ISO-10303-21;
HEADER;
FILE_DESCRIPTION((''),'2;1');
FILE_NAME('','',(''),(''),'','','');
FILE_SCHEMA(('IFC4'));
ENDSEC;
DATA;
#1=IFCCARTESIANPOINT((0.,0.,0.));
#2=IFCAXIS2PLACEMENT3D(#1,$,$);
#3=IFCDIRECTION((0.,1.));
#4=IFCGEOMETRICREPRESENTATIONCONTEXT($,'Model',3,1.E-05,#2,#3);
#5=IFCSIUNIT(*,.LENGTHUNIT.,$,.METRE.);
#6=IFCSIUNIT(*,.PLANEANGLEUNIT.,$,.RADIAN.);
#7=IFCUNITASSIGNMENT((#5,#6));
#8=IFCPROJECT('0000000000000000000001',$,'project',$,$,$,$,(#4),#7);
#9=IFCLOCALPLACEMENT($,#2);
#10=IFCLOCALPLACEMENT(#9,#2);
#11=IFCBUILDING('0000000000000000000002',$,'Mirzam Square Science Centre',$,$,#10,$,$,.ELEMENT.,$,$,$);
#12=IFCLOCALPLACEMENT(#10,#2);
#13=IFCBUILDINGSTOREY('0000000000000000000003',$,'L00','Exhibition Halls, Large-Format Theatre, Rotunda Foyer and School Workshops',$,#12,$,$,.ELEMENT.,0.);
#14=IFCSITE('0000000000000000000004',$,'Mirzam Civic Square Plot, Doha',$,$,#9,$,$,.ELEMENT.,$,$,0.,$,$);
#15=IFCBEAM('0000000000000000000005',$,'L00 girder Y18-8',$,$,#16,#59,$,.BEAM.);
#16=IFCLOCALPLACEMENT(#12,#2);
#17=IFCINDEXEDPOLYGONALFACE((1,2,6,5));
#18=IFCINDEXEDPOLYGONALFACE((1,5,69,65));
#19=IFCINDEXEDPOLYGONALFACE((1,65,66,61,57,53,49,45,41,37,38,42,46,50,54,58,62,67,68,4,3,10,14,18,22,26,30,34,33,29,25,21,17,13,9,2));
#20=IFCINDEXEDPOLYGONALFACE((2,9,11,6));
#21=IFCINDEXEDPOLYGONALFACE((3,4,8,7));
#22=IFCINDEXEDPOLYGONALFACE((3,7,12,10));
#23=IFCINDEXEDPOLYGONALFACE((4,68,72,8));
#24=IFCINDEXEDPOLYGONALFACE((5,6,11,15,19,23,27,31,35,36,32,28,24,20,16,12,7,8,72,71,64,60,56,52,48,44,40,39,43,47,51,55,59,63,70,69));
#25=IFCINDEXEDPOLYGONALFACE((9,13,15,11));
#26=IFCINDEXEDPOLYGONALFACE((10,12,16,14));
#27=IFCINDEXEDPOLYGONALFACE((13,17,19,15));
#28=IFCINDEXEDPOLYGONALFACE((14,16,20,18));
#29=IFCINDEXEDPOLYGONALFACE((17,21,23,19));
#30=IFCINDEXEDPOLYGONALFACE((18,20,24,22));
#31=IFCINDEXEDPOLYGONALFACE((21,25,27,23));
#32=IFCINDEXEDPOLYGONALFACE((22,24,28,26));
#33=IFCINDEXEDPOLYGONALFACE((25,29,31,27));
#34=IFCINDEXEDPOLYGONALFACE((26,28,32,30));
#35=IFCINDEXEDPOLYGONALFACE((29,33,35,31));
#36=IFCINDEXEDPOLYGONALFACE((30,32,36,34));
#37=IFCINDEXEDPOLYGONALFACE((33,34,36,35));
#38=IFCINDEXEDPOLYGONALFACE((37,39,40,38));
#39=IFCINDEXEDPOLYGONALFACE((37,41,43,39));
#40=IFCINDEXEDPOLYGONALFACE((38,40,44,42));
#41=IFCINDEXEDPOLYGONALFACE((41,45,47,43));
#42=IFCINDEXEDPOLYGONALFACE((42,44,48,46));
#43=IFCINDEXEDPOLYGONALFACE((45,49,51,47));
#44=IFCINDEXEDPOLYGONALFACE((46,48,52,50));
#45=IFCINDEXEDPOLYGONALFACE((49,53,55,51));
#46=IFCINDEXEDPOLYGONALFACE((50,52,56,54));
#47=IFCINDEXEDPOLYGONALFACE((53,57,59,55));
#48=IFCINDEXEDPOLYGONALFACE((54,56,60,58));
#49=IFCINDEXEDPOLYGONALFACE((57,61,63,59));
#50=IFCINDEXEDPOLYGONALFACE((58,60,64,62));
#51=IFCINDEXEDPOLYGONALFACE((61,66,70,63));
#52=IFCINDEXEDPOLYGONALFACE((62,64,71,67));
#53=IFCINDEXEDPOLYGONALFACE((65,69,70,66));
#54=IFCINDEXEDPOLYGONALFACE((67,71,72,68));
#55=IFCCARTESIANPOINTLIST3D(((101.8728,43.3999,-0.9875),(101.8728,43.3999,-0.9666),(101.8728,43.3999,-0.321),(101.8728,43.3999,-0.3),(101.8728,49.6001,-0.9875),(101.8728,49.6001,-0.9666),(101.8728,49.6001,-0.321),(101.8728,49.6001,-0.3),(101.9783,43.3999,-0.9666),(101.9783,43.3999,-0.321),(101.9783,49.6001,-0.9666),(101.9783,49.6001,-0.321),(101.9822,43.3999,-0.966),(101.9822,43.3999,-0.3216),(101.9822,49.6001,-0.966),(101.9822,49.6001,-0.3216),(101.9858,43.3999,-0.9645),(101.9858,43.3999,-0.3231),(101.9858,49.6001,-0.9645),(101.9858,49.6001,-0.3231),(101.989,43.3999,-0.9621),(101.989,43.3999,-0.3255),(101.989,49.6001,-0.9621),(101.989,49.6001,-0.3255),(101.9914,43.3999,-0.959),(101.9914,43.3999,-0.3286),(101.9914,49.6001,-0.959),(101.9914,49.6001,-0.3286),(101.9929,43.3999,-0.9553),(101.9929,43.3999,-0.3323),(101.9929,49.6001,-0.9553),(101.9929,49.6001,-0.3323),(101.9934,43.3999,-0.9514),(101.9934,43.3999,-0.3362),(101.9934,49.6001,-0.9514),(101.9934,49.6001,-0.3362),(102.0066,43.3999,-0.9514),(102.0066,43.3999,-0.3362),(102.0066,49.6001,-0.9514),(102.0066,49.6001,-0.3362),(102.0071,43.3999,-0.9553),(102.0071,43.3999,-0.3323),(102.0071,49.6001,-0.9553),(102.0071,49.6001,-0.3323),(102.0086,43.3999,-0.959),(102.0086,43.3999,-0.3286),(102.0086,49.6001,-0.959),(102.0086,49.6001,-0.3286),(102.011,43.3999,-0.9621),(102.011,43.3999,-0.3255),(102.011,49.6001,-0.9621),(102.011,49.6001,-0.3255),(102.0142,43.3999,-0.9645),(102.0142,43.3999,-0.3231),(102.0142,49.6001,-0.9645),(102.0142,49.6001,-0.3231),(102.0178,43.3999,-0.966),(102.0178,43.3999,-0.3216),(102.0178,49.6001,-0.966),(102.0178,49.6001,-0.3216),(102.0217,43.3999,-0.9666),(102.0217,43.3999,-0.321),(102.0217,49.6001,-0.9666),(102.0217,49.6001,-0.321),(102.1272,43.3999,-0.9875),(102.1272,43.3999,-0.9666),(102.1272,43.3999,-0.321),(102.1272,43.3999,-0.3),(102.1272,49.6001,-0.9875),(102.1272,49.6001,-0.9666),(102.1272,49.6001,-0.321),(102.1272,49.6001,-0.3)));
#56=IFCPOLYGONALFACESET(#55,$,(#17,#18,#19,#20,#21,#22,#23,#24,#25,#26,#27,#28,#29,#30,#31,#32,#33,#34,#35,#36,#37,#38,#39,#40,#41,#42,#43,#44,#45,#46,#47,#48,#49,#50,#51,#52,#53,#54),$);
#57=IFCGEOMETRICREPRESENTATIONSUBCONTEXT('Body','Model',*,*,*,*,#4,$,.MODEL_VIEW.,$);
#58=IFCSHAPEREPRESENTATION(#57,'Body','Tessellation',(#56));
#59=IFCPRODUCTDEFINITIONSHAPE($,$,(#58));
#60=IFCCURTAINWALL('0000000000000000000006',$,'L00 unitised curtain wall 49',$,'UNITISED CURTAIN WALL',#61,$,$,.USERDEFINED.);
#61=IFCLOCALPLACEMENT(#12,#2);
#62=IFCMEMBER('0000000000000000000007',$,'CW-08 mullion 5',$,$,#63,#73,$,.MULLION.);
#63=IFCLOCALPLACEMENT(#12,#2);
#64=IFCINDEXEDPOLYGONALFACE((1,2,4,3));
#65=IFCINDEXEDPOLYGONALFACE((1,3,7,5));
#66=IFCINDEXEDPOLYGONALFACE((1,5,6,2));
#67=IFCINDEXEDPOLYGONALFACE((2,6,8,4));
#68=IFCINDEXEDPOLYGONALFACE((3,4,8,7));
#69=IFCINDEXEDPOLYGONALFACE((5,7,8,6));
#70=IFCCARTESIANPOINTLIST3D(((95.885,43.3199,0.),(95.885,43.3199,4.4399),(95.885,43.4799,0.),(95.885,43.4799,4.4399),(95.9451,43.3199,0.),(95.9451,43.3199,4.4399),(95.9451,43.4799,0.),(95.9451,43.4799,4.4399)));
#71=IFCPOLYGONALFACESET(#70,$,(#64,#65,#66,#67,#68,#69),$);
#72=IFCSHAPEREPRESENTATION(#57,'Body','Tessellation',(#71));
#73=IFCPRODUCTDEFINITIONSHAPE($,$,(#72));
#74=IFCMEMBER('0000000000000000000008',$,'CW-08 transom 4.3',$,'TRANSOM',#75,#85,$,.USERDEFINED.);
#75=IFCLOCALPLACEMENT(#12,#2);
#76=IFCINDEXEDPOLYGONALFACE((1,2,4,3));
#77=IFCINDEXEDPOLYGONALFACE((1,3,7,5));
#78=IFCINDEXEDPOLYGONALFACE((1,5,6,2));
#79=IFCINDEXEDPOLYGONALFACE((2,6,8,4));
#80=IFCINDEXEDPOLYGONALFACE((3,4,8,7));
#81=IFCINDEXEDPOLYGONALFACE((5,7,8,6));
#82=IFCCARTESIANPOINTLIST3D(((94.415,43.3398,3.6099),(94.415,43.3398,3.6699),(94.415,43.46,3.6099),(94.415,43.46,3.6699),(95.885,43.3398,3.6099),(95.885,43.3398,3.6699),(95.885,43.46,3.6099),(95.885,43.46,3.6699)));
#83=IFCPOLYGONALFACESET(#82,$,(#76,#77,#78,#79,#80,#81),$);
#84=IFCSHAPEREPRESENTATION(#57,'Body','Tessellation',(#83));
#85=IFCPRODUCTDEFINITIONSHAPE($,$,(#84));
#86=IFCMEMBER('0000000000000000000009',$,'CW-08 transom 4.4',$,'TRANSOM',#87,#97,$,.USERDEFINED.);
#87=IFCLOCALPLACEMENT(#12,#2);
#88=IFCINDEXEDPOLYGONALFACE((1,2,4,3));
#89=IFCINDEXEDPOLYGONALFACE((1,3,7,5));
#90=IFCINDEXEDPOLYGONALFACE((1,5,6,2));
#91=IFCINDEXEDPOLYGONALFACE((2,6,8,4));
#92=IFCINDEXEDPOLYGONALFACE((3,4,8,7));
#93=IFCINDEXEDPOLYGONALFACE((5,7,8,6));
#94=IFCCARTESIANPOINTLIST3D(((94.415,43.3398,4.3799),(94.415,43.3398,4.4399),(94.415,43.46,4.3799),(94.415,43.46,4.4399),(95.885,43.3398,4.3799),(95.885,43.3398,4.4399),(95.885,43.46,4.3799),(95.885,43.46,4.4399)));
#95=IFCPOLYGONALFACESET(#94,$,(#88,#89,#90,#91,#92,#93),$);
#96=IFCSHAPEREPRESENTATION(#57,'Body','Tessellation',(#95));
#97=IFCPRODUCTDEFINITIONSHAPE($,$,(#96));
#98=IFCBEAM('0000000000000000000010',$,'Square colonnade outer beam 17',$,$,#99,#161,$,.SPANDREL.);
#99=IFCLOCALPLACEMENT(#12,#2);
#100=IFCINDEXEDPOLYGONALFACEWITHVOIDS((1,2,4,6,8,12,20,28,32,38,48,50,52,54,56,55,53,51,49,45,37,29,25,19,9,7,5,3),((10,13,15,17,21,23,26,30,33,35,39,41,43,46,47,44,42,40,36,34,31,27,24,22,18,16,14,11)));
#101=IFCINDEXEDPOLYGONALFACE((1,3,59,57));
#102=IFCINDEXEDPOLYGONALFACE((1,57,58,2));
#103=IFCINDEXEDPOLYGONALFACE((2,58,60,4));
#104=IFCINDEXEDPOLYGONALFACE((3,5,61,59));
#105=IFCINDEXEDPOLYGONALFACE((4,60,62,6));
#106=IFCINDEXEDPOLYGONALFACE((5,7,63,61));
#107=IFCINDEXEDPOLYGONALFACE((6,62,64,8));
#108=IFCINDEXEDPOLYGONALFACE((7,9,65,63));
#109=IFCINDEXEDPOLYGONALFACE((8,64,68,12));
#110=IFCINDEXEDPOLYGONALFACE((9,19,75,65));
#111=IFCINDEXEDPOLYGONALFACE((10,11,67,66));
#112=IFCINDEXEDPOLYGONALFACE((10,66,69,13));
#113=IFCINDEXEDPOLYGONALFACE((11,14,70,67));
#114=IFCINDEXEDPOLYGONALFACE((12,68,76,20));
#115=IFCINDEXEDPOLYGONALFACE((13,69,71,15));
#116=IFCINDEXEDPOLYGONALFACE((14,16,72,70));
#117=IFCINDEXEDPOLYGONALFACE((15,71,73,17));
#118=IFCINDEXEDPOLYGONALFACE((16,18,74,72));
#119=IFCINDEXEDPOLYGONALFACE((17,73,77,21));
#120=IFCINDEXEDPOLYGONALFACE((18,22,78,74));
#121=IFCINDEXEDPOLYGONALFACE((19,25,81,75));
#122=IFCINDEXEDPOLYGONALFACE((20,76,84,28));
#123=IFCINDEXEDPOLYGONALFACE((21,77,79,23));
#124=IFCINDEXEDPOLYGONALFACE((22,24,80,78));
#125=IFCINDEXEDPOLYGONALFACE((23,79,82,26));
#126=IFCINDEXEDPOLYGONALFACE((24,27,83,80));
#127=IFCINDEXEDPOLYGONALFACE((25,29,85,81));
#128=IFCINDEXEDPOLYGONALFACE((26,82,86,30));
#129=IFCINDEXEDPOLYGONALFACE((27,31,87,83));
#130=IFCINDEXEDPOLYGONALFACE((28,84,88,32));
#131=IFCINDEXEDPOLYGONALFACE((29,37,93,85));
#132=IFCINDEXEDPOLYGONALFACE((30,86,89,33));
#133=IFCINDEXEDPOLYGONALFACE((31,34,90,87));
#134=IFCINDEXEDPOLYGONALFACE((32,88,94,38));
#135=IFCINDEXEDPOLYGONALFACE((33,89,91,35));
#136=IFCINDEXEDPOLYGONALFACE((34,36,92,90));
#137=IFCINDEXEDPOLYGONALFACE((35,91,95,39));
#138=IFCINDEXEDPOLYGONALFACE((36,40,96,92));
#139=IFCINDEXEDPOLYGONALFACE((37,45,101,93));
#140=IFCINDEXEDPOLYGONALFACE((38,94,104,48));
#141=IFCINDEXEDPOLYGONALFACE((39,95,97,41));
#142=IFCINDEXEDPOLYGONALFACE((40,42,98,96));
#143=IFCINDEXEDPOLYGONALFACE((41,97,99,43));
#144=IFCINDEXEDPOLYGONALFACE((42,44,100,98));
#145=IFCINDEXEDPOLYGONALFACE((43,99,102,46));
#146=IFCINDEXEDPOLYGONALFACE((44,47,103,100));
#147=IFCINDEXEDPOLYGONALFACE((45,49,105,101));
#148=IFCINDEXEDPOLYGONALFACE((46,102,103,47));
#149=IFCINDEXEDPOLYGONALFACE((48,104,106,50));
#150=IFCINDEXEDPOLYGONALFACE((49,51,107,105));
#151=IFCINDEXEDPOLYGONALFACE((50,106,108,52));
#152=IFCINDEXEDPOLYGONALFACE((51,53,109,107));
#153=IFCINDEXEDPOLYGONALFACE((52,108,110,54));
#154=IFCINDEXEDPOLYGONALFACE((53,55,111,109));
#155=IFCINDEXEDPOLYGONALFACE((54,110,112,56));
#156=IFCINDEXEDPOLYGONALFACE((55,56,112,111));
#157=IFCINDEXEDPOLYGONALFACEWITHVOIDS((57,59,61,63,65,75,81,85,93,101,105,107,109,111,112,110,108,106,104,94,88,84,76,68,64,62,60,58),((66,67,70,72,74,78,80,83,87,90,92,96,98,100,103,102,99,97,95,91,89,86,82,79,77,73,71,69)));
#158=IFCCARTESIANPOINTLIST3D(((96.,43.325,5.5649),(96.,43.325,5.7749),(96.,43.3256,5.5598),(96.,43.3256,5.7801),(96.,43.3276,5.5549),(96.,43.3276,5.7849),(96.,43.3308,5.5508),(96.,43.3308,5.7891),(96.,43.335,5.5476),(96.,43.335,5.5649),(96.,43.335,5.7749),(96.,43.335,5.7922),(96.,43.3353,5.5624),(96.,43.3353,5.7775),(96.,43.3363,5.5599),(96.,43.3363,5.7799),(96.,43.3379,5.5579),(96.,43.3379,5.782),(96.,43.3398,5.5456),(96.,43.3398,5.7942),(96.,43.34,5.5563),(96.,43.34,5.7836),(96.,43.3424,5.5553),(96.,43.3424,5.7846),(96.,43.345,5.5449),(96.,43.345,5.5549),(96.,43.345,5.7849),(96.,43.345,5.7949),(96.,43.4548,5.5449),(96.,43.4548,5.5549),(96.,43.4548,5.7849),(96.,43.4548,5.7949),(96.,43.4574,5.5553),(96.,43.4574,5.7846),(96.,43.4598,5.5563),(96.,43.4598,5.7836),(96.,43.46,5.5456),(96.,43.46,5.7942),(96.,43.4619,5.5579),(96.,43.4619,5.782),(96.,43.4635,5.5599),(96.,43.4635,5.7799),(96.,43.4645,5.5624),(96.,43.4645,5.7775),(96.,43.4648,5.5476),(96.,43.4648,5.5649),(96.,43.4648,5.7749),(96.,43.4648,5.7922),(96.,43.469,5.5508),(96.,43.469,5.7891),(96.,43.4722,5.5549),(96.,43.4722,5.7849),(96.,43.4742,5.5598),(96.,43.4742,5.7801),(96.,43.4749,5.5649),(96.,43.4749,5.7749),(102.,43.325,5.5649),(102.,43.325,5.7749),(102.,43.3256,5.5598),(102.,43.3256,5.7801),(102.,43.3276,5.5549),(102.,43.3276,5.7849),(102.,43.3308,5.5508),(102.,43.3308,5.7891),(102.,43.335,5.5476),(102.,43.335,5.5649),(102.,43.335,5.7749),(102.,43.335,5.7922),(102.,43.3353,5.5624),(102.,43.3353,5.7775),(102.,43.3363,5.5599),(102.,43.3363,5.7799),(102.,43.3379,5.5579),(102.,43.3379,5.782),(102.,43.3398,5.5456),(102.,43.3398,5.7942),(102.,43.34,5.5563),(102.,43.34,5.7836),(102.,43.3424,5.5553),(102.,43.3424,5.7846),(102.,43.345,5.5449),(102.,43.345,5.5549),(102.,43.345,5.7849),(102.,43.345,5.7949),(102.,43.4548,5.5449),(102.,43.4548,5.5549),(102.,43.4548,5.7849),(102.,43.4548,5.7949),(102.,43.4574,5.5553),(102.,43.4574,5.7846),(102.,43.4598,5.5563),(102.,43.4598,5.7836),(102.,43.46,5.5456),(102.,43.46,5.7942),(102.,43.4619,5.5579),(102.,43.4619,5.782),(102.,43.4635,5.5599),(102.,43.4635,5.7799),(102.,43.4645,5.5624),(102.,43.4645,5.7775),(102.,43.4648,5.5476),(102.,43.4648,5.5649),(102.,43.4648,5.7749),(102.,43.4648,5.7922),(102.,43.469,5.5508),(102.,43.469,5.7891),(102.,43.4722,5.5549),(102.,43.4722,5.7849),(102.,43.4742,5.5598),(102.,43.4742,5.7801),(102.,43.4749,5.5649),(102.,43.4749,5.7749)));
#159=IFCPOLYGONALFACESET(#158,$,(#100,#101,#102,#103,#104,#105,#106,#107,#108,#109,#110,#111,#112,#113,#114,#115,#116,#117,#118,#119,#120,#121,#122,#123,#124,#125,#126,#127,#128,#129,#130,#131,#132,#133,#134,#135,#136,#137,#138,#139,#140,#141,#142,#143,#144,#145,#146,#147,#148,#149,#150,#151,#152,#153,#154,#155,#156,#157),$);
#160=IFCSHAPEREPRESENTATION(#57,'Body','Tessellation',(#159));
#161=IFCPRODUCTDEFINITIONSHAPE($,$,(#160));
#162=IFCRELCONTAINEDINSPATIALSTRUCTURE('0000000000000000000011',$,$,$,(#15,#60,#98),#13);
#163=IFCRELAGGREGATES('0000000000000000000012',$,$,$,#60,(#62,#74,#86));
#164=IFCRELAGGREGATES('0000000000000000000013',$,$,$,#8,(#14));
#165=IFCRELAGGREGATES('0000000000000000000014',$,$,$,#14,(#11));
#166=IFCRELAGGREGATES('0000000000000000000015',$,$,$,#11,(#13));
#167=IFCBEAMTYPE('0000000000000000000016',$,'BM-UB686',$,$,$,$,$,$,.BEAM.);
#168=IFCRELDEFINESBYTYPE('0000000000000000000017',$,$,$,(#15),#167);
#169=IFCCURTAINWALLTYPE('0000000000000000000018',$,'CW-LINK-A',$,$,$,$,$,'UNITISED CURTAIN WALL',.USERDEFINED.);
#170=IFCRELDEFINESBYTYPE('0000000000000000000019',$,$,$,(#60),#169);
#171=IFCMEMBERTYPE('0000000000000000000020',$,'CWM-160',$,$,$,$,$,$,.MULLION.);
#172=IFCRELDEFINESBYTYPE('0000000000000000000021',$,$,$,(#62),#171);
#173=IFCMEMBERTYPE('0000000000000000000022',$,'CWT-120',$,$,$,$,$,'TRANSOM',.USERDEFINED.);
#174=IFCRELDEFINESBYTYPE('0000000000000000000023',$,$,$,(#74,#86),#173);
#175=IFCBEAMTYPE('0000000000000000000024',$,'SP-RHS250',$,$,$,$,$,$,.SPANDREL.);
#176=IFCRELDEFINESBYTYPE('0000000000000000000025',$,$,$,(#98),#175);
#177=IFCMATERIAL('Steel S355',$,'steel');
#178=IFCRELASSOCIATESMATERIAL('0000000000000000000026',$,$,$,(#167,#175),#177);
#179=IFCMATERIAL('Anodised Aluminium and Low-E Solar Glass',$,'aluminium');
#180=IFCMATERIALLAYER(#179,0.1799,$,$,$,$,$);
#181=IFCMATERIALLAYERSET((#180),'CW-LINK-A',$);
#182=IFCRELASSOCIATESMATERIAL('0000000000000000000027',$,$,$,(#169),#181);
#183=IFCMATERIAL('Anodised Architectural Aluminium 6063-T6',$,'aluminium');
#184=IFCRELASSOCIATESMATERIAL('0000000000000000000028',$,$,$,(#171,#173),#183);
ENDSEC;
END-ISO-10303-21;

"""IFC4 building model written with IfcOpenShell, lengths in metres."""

from ifc_helpers import new_model, si_unit, direction, frame, origin, origin_2d, place, context, subcontext, project, spatial, rectangle, hollow_rectangle, i_section, extrude, material, layer, layer_set, material_profile, profile_set, type_object, element, aggregate, save


model = new_model("IFC4")

# Units and contexts
model_context = context("Model", 3, precision=1e-05, world=origin(), true_north=direction((0.0, 1.0)))
body_context = subcontext(model_context, "Body", "Model", "MODEL_VIEW")
ifc_project = project(units=[si_unit("LENGTHUNIT", "METRE"), si_unit("PLANEANGLEUNIT", "RADIAN")], contexts=[model_context])

# Site, building, storey
site_placement = place(None, origin())
site = spatial("IfcSite", under=ifc_project, at=site_placement, Name="Mirzam Civic Square Plot, Doha", CompositionType="ELEMENT", RefElevation=0.0)
building_placement = place(site_placement, origin())
building = spatial("IfcBuilding", under=site, at=building_placement, Name="Mirzam Square Science Centre", CompositionType="ELEMENT")
storey_placement = place(building_placement, origin())
storey = spatial("IfcBuildingStorey", under=building, at=storey_placement, Name="L00", Description="Exhibition Halls, Large-Format Theatre, Rotunda Foyer and School Workshops", CompositionType="ELEMENT", Elevation=0.0)

# Shared definitions
ifc_material_1 = material(Name="Steel S355", Category="steel")

# Beam
ifc_material_profile_1 = material_profile(ifc_material_1, i_section(OverallWidth=0.2544, OverallDepth=0.6875, WebThickness=0.0132, FlangeThickness=0.021, FilletRadius=0.0151, at=origin_2d()), Name="686x254x152UB")
ifc_profile_set_1 = profile_set([ifc_material_profile_1], Name="Steel S355")
beam_type_1 = type_object("IfcBeamType", Name="BM-UB686", PredefinedType="BEAM", material=ifc_profile_set_1)
beam_1_placement = place(storey_placement, frame((102.0, 43.3999, -0.6438), z_axis=(0.0, 1.0, 0.0), x_axis=(-1.0, 0.0, 0.0)))
element("IfcBeam", 1, at=beam_1_placement, inside=storey, type_object=beam_type_1, Name="L00 girder Y18-8", PredefinedType="BEAM", context=body_context, shape_type="SweptSolid", body=[
    extrude(i_section(OverallWidth=0.2544, OverallDepth=0.6875, WebThickness=0.0132, FlangeThickness=0.021, FilletRadius=0.0151, at=origin_2d()), origin(), (0.0, 0.0, 1.0), 6.2002),
])

# Curtain wall, members
ifc_material_2 = material(Name="Anodised Aluminium and Low-E Solar Glass", Category="aluminium")
ifc_layer_1 = layer(ifc_material_2, 0.1799)
ifc_layer_set_1 = layer_set([ifc_layer_1], Name="CW-LINK-A")
curtain_wall_type = type_object("IfcCurtainWallType", Name="CW-LINK-A", ElementType="UNITISED CURTAIN WALL", PredefinedType="USERDEFINED", material=ifc_layer_set_1)
curtain_wall_placement = place(storey_placement, origin())
curtain_wall = element("IfcCurtainWall", 2, at=curtain_wall_placement, inside=storey, type_object=curtain_wall_type, Name="L00 unitised curtain wall 49", ObjectType="UNITISED CURTAIN WALL", PredefinedType="USERDEFINED")
ifc_material_3 = material(Name="Anodised Architectural Aluminium 6063-T6", Category="aluminium")
ifc_material_profile_2 = material_profile(ifc_material_3, rectangle(XDim=0.0601, YDim=0.1599, at=origin_2d()), Name="ALU-MULL-160x60x4")
ifc_profile_set_2 = profile_set([ifc_material_profile_2], Name="Anodised Architectural Aluminium 6063-T6")
member_type_1 = type_object("IfcMemberType", Name="CWM-160", PredefinedType="MULLION", material=ifc_profile_set_2)
member_1_placement = place(storey_placement, frame((95.915, 43.3999, 0.0), z_axis=(0.0, 0.0, 1.0), x_axis=(1.0, 0.0, 0.0)))
member_1 = element("IfcMember", 3, at=member_1_placement, type_object=member_type_1, Name="CW-08 mullion 5", PredefinedType="MULLION", context=body_context, shape_type="SweptSolid", body=[
    extrude(rectangle(XDim=0.0601, YDim=0.1599, at=origin_2d()), origin(), (0.0, 0.0, 1.0), 4.4399),
])
ifc_material_profile_3 = material_profile(ifc_material_3, rectangle(XDim=0.1201, YDim=0.0601, at=origin_2d()), Name="ALU-TRAN-120x60x4")
ifc_profile_set_3 = profile_set([ifc_material_profile_3], Name="Anodised Architectural Aluminium 6063-T6")
member_type_2 = type_object("IfcMemberType", Name="CWT-120", ElementType="TRANSOM", PredefinedType="USERDEFINED", material=ifc_profile_set_3)
member_2_placement = place(storey_placement, frame((94.415, 43.3999, 3.6399), z_axis=(1.0, 0.0, 0.0), x_axis=(0.0, 1.0, 0.0)))
member_2 = element("IfcMember", 4, at=member_2_placement, type_object=member_type_2, Name="CW-08 transom 4.3", ObjectType="TRANSOM", PredefinedType="USERDEFINED", context=body_context, shape_type="SweptSolid", body=[
    extrude(rectangle(XDim=0.1201, YDim=0.0601, at=origin_2d()), origin(), (0.0, 0.0, 1.0), 1.47),
])
member_3_placement = place(storey_placement, frame((94.415, 43.3999, 4.4099), z_axis=(1.0, 0.0, 0.0), x_axis=(0.0, 1.0, 0.0)))
member_3 = element("IfcMember", 5, at=member_3_placement, type_object=member_type_2, Name="CW-08 transom 4.4", ObjectType="TRANSOM", PredefinedType="USERDEFINED", context=body_context, shape_type="SweptSolid", body=[
    extrude(rectangle(XDim=0.1201, YDim=0.0601, at=origin_2d()), origin(), (0.0, 0.0, 1.0), 1.47),
])

# Beam
ifc_material_profile_4 = material_profile(ifc_material_1, hollow_rectangle(XDim=0.1499, YDim=0.25, WallThickness=0.01, InnerFilletRadius=0.01, OuterFilletRadius=0.02, at=origin_2d()), Name="250x150x10.0RHS")
ifc_profile_set_4 = profile_set([ifc_material_profile_4], Name="Steel S355")
beam_type_2 = type_object("IfcBeamType", Name="SP-RHS250", PredefinedType="SPANDREL", material=ifc_profile_set_4)
for number, where, z_axis, x_axis, name in (
    (6, (96.0, 43.3999, 5.6699), (1.0, 0.0, 0.0), (0.0, 1.0, 0.0), "Square colonnade outer beam 17"),
):
    element("IfcBeam", number, at=place(storey_placement, frame(where, z_axis=z_axis, x_axis=x_axis)), inside=storey, type_object=beam_type_2, Name=name, PredefinedType="SPANDREL", context=body_context, shape_type="SweptSolid", body=[
        extrude(hollow_rectangle(XDim=0.1499, YDim=0.25, WallThickness=0.01, InnerFilletRadius=0.01, OuterFilletRadius=0.02, at=origin_2d()), origin(), (0.0, 0.0, 1.0), 6.0),
    ])

aggregate(curtain_wall, [member_1, member_2, member_3])

save(model, "model.ifc")
